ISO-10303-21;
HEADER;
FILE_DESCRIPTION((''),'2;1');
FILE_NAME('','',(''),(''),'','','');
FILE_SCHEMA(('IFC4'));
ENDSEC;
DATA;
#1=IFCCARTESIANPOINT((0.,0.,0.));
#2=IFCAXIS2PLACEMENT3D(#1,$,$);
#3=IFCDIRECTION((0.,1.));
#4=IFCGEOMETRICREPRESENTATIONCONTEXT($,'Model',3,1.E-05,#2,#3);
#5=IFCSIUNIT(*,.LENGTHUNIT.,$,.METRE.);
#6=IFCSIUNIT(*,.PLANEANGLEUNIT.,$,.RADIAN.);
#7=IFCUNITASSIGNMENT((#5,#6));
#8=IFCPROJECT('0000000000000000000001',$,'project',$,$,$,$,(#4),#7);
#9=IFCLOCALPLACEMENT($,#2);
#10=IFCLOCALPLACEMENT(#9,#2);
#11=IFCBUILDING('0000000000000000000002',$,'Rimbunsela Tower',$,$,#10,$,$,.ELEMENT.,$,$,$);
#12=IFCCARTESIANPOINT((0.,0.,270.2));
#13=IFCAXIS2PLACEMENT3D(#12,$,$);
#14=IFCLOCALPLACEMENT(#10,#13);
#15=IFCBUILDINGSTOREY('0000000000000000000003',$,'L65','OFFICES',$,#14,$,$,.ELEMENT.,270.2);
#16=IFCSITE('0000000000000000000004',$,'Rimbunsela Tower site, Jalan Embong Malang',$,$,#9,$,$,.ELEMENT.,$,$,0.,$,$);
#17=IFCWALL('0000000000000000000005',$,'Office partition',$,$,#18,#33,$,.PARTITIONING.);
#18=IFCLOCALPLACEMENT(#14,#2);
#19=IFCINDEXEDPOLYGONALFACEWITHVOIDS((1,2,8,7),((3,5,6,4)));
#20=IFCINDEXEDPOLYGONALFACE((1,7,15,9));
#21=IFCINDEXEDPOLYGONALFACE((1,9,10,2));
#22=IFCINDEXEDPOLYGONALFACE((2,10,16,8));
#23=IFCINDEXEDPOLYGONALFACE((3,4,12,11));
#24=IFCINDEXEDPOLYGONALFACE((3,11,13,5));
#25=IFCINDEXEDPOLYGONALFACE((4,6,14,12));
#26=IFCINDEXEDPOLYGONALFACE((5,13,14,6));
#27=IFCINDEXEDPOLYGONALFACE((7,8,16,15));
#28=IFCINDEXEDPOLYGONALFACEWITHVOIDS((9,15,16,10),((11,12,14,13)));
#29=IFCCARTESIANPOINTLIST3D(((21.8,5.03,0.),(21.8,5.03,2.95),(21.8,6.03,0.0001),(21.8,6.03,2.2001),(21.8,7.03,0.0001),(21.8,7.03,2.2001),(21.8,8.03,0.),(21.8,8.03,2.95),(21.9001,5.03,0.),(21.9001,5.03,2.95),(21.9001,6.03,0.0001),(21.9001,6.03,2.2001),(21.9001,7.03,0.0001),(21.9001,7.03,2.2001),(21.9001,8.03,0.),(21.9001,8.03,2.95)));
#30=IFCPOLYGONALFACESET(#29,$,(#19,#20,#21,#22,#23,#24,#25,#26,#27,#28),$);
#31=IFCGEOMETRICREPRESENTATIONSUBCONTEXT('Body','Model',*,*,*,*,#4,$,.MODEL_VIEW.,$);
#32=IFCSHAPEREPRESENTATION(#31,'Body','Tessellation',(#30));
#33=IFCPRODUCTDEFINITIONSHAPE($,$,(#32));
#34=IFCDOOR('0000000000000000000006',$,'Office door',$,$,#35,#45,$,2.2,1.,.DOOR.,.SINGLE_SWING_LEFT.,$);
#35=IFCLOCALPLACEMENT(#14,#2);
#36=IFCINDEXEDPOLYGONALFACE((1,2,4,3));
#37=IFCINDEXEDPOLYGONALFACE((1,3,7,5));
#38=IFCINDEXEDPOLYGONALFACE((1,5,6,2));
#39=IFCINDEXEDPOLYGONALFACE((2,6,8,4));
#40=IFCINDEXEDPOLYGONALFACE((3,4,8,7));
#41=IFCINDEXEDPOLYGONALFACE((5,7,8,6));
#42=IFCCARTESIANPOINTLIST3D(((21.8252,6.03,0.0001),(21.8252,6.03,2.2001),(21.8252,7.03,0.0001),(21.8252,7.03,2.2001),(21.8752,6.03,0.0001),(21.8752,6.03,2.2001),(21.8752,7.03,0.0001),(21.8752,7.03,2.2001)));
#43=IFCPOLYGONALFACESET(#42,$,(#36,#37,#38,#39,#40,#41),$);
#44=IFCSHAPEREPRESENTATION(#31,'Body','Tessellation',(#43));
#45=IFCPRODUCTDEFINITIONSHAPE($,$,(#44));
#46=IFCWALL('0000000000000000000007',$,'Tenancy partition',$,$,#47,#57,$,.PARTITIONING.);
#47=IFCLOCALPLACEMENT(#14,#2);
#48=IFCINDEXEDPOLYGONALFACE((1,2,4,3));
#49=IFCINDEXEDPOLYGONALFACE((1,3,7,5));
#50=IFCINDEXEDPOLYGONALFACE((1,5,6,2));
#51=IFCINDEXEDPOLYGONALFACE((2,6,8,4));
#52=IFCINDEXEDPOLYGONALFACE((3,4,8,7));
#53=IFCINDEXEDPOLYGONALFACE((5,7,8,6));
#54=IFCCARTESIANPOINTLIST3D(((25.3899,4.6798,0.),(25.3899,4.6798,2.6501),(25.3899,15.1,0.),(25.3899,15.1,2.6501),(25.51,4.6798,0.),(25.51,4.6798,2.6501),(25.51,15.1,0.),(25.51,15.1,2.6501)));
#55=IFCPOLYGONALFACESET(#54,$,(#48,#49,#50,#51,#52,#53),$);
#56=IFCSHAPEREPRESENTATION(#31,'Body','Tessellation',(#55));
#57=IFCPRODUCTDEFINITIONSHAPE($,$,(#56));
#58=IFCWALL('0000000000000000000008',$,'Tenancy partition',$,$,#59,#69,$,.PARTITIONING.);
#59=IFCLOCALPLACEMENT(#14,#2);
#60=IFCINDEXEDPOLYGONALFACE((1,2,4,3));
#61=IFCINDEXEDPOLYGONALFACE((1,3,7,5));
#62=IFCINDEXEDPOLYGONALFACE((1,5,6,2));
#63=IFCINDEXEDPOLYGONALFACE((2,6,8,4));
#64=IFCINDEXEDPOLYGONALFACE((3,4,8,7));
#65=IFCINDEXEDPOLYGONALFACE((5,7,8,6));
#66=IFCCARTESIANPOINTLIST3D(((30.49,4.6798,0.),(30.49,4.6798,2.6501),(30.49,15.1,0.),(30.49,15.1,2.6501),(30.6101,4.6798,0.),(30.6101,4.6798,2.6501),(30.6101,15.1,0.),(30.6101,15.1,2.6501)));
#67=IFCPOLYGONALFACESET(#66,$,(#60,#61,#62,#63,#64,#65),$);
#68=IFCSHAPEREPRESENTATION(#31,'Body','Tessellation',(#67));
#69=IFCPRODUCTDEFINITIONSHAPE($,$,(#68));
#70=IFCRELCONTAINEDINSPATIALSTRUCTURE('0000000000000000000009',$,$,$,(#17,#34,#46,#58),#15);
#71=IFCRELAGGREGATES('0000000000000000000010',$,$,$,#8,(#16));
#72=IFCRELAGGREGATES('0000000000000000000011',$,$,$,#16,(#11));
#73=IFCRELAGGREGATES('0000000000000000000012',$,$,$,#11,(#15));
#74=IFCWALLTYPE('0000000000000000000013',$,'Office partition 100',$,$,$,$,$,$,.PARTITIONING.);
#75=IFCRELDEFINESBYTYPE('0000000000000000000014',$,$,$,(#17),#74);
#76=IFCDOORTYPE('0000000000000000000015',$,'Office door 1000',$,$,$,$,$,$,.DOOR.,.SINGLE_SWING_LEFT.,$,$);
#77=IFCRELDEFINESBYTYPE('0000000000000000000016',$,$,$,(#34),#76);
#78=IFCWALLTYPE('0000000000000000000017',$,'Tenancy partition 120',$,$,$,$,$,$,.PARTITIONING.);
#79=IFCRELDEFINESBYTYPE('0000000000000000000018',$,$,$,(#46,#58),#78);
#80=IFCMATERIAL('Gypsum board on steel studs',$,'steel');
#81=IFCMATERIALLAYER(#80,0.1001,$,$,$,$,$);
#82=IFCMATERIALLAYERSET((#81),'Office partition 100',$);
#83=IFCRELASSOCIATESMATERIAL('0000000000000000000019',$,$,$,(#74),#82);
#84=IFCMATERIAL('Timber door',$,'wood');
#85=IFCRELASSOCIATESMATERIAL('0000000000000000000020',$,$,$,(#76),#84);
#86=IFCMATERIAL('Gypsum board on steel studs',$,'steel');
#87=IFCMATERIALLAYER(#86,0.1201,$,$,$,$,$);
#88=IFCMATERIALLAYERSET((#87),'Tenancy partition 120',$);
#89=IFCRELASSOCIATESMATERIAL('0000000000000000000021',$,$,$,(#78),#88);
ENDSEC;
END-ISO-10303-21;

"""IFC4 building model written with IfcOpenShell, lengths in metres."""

from ifc_helpers import new_model, si_unit, direction, frame, frame_2d, origin, place, context, subcontext, project, spatial, rectangle, extrude, material, layer, layer_set, type_object, element, fill, save


model = new_model("IFC4")

# Units and contexts
model_context = context("Model", 3, precision=1e-05, world=origin(), true_north=direction((0.0, 1.0)))
body_context = subcontext(model_context, "Body", "Model", "MODEL_VIEW")
ifc_project = project(units=[si_unit("LENGTHUNIT", "METRE"), si_unit("PLANEANGLEUNIT", "RADIAN")], contexts=[model_context])

# Site, building, storey
site_placement = place(None, origin())
site = spatial("IfcSite", under=ifc_project, at=site_placement, Name="Rimbunsela Tower site, Jalan Embong Malang", CompositionType="ELEMENT", RefElevation=0.0)
building_placement = place(site_placement, origin())
building = spatial("IfcBuilding", under=site, at=building_placement, Name="Rimbunsela Tower", CompositionType="ELEMENT")
storey_placement = place(building_placement, frame((0.0, 0.0, 270.2)))
storey = spatial("IfcBuildingStorey", under=building, at=storey_placement, Name="L65", Description="OFFICES", CompositionType="ELEMENT", Elevation=270.2)

# Shared definitions
ifc_material_1 = material(Name="Gypsum board on steel studs", Category="steel")
ifc_layer_1 = layer(ifc_material_1, 0.1001)
ifc_layer_set_1 = layer_set([ifc_layer_1], Name="Office partition 100")
wall_type_1 = type_object("IfcWallType", Name="Office partition 100", PredefinedType="PARTITIONING", material=ifc_layer_set_1)

# Wall, opening, door
wall_placement = place(storey_placement, frame((21.8501, 5.03, 0.0), z_axis=(0.0, 0.0, 1.0), x_axis=(0.0, 1.0, 0.0)))
wall = element("IfcWall", 1, at=wall_placement, inside=storey, type_object=wall_type_1, Name="Office partition", PredefinedType="PARTITIONING", context=body_context, shape_type="SweptSolid", body=[
    extrude(rectangle(XDim=3.0, YDim=0.1001, at=frame_2d((1.5, 0.0))), origin(), (0.0, 0.0, 1.0), 2.95),
])
opening_placement = place(wall_placement, frame((1.0, 0.0, 0.0)))
opening = element("IfcOpeningElement", 2, at=opening_placement, cuts=wall, PredefinedType="OPENING", context=body_context, shape_type="SweptSolid", body=[
    extrude(rectangle(XDim=1.0, YDim=2.2, at=frame_2d((0.5, 1.1001))), frame((0.0, 0.0601, 0.0), z_axis=(0.0, -1.0, 0.0), x_axis=(1.0, 0.0, 0.0)), (0.0, 0.0, 1.0), 0.1201),
])
ifc_material_2 = material(Name="Timber door", Category="wood")
door_type = type_object("IfcDoorType", Name="Office door 1000", OperationType="SINGLE_SWING_LEFT", PredefinedType="DOOR", material=ifc_material_2)
door_placement = place(opening_placement, origin())
door = element("IfcDoor", 3, at=door_placement, inside=storey, type_object=door_type, Name="Office door", OperationType="SINGLE_SWING_LEFT", OverallHeight=2.2, OverallWidth=1.0, PredefinedType="DOOR", context=body_context, shape_type="SweptSolid", body=[
    extrude(rectangle(XDim=1.0, YDim=2.2, at=frame_2d((0.5, 1.1001))), frame((0.0, 0.0249, 0.0), z_axis=(0.0, -1.0, 0.0), x_axis=(1.0, 0.0, 0.0)), (0.0, 0.0, 1.0), 0.05),
])
fill(opening, door)

# Walls
ifc_material_3 = material(Name="Gypsum board on steel studs", Category="steel")
ifc_layer_2 = layer(ifc_material_3, 0.1201)
ifc_layer_set_2 = layer_set([ifc_layer_2], Name="Tenancy partition 120")
wall_type_2 = type_object("IfcWallType", Name="Tenancy partition 120", PredefinedType="PARTITIONING", material=ifc_layer_set_2)
for number, where, z_axis, x_axis, name in (
    (4, (25.45, 4.6799, 0.0), (0.0, 0.0, 1.0), (0.0, 1.0, 0.0), "Tenancy partition"),
    (5, (30.55, 4.6799, 0.0), (0.0, 0.0, 1.0), (0.0, 1.0, 0.0), "Tenancy partition"),
):
    element("IfcWall", number, at=place(storey_placement, frame(where, z_axis=z_axis, x_axis=x_axis)), inside=storey, type_object=wall_type_2, Name=name, PredefinedType="PARTITIONING", context=body_context, shape_type="SweptSolid", body=[
        extrude(rectangle(XDim=10.4202, YDim=0.1201, at=frame_2d((5.21, 0.0))), origin(), (0.0, 0.0, 1.0), 2.6501),
    ])

save(model, "model.ifc")
